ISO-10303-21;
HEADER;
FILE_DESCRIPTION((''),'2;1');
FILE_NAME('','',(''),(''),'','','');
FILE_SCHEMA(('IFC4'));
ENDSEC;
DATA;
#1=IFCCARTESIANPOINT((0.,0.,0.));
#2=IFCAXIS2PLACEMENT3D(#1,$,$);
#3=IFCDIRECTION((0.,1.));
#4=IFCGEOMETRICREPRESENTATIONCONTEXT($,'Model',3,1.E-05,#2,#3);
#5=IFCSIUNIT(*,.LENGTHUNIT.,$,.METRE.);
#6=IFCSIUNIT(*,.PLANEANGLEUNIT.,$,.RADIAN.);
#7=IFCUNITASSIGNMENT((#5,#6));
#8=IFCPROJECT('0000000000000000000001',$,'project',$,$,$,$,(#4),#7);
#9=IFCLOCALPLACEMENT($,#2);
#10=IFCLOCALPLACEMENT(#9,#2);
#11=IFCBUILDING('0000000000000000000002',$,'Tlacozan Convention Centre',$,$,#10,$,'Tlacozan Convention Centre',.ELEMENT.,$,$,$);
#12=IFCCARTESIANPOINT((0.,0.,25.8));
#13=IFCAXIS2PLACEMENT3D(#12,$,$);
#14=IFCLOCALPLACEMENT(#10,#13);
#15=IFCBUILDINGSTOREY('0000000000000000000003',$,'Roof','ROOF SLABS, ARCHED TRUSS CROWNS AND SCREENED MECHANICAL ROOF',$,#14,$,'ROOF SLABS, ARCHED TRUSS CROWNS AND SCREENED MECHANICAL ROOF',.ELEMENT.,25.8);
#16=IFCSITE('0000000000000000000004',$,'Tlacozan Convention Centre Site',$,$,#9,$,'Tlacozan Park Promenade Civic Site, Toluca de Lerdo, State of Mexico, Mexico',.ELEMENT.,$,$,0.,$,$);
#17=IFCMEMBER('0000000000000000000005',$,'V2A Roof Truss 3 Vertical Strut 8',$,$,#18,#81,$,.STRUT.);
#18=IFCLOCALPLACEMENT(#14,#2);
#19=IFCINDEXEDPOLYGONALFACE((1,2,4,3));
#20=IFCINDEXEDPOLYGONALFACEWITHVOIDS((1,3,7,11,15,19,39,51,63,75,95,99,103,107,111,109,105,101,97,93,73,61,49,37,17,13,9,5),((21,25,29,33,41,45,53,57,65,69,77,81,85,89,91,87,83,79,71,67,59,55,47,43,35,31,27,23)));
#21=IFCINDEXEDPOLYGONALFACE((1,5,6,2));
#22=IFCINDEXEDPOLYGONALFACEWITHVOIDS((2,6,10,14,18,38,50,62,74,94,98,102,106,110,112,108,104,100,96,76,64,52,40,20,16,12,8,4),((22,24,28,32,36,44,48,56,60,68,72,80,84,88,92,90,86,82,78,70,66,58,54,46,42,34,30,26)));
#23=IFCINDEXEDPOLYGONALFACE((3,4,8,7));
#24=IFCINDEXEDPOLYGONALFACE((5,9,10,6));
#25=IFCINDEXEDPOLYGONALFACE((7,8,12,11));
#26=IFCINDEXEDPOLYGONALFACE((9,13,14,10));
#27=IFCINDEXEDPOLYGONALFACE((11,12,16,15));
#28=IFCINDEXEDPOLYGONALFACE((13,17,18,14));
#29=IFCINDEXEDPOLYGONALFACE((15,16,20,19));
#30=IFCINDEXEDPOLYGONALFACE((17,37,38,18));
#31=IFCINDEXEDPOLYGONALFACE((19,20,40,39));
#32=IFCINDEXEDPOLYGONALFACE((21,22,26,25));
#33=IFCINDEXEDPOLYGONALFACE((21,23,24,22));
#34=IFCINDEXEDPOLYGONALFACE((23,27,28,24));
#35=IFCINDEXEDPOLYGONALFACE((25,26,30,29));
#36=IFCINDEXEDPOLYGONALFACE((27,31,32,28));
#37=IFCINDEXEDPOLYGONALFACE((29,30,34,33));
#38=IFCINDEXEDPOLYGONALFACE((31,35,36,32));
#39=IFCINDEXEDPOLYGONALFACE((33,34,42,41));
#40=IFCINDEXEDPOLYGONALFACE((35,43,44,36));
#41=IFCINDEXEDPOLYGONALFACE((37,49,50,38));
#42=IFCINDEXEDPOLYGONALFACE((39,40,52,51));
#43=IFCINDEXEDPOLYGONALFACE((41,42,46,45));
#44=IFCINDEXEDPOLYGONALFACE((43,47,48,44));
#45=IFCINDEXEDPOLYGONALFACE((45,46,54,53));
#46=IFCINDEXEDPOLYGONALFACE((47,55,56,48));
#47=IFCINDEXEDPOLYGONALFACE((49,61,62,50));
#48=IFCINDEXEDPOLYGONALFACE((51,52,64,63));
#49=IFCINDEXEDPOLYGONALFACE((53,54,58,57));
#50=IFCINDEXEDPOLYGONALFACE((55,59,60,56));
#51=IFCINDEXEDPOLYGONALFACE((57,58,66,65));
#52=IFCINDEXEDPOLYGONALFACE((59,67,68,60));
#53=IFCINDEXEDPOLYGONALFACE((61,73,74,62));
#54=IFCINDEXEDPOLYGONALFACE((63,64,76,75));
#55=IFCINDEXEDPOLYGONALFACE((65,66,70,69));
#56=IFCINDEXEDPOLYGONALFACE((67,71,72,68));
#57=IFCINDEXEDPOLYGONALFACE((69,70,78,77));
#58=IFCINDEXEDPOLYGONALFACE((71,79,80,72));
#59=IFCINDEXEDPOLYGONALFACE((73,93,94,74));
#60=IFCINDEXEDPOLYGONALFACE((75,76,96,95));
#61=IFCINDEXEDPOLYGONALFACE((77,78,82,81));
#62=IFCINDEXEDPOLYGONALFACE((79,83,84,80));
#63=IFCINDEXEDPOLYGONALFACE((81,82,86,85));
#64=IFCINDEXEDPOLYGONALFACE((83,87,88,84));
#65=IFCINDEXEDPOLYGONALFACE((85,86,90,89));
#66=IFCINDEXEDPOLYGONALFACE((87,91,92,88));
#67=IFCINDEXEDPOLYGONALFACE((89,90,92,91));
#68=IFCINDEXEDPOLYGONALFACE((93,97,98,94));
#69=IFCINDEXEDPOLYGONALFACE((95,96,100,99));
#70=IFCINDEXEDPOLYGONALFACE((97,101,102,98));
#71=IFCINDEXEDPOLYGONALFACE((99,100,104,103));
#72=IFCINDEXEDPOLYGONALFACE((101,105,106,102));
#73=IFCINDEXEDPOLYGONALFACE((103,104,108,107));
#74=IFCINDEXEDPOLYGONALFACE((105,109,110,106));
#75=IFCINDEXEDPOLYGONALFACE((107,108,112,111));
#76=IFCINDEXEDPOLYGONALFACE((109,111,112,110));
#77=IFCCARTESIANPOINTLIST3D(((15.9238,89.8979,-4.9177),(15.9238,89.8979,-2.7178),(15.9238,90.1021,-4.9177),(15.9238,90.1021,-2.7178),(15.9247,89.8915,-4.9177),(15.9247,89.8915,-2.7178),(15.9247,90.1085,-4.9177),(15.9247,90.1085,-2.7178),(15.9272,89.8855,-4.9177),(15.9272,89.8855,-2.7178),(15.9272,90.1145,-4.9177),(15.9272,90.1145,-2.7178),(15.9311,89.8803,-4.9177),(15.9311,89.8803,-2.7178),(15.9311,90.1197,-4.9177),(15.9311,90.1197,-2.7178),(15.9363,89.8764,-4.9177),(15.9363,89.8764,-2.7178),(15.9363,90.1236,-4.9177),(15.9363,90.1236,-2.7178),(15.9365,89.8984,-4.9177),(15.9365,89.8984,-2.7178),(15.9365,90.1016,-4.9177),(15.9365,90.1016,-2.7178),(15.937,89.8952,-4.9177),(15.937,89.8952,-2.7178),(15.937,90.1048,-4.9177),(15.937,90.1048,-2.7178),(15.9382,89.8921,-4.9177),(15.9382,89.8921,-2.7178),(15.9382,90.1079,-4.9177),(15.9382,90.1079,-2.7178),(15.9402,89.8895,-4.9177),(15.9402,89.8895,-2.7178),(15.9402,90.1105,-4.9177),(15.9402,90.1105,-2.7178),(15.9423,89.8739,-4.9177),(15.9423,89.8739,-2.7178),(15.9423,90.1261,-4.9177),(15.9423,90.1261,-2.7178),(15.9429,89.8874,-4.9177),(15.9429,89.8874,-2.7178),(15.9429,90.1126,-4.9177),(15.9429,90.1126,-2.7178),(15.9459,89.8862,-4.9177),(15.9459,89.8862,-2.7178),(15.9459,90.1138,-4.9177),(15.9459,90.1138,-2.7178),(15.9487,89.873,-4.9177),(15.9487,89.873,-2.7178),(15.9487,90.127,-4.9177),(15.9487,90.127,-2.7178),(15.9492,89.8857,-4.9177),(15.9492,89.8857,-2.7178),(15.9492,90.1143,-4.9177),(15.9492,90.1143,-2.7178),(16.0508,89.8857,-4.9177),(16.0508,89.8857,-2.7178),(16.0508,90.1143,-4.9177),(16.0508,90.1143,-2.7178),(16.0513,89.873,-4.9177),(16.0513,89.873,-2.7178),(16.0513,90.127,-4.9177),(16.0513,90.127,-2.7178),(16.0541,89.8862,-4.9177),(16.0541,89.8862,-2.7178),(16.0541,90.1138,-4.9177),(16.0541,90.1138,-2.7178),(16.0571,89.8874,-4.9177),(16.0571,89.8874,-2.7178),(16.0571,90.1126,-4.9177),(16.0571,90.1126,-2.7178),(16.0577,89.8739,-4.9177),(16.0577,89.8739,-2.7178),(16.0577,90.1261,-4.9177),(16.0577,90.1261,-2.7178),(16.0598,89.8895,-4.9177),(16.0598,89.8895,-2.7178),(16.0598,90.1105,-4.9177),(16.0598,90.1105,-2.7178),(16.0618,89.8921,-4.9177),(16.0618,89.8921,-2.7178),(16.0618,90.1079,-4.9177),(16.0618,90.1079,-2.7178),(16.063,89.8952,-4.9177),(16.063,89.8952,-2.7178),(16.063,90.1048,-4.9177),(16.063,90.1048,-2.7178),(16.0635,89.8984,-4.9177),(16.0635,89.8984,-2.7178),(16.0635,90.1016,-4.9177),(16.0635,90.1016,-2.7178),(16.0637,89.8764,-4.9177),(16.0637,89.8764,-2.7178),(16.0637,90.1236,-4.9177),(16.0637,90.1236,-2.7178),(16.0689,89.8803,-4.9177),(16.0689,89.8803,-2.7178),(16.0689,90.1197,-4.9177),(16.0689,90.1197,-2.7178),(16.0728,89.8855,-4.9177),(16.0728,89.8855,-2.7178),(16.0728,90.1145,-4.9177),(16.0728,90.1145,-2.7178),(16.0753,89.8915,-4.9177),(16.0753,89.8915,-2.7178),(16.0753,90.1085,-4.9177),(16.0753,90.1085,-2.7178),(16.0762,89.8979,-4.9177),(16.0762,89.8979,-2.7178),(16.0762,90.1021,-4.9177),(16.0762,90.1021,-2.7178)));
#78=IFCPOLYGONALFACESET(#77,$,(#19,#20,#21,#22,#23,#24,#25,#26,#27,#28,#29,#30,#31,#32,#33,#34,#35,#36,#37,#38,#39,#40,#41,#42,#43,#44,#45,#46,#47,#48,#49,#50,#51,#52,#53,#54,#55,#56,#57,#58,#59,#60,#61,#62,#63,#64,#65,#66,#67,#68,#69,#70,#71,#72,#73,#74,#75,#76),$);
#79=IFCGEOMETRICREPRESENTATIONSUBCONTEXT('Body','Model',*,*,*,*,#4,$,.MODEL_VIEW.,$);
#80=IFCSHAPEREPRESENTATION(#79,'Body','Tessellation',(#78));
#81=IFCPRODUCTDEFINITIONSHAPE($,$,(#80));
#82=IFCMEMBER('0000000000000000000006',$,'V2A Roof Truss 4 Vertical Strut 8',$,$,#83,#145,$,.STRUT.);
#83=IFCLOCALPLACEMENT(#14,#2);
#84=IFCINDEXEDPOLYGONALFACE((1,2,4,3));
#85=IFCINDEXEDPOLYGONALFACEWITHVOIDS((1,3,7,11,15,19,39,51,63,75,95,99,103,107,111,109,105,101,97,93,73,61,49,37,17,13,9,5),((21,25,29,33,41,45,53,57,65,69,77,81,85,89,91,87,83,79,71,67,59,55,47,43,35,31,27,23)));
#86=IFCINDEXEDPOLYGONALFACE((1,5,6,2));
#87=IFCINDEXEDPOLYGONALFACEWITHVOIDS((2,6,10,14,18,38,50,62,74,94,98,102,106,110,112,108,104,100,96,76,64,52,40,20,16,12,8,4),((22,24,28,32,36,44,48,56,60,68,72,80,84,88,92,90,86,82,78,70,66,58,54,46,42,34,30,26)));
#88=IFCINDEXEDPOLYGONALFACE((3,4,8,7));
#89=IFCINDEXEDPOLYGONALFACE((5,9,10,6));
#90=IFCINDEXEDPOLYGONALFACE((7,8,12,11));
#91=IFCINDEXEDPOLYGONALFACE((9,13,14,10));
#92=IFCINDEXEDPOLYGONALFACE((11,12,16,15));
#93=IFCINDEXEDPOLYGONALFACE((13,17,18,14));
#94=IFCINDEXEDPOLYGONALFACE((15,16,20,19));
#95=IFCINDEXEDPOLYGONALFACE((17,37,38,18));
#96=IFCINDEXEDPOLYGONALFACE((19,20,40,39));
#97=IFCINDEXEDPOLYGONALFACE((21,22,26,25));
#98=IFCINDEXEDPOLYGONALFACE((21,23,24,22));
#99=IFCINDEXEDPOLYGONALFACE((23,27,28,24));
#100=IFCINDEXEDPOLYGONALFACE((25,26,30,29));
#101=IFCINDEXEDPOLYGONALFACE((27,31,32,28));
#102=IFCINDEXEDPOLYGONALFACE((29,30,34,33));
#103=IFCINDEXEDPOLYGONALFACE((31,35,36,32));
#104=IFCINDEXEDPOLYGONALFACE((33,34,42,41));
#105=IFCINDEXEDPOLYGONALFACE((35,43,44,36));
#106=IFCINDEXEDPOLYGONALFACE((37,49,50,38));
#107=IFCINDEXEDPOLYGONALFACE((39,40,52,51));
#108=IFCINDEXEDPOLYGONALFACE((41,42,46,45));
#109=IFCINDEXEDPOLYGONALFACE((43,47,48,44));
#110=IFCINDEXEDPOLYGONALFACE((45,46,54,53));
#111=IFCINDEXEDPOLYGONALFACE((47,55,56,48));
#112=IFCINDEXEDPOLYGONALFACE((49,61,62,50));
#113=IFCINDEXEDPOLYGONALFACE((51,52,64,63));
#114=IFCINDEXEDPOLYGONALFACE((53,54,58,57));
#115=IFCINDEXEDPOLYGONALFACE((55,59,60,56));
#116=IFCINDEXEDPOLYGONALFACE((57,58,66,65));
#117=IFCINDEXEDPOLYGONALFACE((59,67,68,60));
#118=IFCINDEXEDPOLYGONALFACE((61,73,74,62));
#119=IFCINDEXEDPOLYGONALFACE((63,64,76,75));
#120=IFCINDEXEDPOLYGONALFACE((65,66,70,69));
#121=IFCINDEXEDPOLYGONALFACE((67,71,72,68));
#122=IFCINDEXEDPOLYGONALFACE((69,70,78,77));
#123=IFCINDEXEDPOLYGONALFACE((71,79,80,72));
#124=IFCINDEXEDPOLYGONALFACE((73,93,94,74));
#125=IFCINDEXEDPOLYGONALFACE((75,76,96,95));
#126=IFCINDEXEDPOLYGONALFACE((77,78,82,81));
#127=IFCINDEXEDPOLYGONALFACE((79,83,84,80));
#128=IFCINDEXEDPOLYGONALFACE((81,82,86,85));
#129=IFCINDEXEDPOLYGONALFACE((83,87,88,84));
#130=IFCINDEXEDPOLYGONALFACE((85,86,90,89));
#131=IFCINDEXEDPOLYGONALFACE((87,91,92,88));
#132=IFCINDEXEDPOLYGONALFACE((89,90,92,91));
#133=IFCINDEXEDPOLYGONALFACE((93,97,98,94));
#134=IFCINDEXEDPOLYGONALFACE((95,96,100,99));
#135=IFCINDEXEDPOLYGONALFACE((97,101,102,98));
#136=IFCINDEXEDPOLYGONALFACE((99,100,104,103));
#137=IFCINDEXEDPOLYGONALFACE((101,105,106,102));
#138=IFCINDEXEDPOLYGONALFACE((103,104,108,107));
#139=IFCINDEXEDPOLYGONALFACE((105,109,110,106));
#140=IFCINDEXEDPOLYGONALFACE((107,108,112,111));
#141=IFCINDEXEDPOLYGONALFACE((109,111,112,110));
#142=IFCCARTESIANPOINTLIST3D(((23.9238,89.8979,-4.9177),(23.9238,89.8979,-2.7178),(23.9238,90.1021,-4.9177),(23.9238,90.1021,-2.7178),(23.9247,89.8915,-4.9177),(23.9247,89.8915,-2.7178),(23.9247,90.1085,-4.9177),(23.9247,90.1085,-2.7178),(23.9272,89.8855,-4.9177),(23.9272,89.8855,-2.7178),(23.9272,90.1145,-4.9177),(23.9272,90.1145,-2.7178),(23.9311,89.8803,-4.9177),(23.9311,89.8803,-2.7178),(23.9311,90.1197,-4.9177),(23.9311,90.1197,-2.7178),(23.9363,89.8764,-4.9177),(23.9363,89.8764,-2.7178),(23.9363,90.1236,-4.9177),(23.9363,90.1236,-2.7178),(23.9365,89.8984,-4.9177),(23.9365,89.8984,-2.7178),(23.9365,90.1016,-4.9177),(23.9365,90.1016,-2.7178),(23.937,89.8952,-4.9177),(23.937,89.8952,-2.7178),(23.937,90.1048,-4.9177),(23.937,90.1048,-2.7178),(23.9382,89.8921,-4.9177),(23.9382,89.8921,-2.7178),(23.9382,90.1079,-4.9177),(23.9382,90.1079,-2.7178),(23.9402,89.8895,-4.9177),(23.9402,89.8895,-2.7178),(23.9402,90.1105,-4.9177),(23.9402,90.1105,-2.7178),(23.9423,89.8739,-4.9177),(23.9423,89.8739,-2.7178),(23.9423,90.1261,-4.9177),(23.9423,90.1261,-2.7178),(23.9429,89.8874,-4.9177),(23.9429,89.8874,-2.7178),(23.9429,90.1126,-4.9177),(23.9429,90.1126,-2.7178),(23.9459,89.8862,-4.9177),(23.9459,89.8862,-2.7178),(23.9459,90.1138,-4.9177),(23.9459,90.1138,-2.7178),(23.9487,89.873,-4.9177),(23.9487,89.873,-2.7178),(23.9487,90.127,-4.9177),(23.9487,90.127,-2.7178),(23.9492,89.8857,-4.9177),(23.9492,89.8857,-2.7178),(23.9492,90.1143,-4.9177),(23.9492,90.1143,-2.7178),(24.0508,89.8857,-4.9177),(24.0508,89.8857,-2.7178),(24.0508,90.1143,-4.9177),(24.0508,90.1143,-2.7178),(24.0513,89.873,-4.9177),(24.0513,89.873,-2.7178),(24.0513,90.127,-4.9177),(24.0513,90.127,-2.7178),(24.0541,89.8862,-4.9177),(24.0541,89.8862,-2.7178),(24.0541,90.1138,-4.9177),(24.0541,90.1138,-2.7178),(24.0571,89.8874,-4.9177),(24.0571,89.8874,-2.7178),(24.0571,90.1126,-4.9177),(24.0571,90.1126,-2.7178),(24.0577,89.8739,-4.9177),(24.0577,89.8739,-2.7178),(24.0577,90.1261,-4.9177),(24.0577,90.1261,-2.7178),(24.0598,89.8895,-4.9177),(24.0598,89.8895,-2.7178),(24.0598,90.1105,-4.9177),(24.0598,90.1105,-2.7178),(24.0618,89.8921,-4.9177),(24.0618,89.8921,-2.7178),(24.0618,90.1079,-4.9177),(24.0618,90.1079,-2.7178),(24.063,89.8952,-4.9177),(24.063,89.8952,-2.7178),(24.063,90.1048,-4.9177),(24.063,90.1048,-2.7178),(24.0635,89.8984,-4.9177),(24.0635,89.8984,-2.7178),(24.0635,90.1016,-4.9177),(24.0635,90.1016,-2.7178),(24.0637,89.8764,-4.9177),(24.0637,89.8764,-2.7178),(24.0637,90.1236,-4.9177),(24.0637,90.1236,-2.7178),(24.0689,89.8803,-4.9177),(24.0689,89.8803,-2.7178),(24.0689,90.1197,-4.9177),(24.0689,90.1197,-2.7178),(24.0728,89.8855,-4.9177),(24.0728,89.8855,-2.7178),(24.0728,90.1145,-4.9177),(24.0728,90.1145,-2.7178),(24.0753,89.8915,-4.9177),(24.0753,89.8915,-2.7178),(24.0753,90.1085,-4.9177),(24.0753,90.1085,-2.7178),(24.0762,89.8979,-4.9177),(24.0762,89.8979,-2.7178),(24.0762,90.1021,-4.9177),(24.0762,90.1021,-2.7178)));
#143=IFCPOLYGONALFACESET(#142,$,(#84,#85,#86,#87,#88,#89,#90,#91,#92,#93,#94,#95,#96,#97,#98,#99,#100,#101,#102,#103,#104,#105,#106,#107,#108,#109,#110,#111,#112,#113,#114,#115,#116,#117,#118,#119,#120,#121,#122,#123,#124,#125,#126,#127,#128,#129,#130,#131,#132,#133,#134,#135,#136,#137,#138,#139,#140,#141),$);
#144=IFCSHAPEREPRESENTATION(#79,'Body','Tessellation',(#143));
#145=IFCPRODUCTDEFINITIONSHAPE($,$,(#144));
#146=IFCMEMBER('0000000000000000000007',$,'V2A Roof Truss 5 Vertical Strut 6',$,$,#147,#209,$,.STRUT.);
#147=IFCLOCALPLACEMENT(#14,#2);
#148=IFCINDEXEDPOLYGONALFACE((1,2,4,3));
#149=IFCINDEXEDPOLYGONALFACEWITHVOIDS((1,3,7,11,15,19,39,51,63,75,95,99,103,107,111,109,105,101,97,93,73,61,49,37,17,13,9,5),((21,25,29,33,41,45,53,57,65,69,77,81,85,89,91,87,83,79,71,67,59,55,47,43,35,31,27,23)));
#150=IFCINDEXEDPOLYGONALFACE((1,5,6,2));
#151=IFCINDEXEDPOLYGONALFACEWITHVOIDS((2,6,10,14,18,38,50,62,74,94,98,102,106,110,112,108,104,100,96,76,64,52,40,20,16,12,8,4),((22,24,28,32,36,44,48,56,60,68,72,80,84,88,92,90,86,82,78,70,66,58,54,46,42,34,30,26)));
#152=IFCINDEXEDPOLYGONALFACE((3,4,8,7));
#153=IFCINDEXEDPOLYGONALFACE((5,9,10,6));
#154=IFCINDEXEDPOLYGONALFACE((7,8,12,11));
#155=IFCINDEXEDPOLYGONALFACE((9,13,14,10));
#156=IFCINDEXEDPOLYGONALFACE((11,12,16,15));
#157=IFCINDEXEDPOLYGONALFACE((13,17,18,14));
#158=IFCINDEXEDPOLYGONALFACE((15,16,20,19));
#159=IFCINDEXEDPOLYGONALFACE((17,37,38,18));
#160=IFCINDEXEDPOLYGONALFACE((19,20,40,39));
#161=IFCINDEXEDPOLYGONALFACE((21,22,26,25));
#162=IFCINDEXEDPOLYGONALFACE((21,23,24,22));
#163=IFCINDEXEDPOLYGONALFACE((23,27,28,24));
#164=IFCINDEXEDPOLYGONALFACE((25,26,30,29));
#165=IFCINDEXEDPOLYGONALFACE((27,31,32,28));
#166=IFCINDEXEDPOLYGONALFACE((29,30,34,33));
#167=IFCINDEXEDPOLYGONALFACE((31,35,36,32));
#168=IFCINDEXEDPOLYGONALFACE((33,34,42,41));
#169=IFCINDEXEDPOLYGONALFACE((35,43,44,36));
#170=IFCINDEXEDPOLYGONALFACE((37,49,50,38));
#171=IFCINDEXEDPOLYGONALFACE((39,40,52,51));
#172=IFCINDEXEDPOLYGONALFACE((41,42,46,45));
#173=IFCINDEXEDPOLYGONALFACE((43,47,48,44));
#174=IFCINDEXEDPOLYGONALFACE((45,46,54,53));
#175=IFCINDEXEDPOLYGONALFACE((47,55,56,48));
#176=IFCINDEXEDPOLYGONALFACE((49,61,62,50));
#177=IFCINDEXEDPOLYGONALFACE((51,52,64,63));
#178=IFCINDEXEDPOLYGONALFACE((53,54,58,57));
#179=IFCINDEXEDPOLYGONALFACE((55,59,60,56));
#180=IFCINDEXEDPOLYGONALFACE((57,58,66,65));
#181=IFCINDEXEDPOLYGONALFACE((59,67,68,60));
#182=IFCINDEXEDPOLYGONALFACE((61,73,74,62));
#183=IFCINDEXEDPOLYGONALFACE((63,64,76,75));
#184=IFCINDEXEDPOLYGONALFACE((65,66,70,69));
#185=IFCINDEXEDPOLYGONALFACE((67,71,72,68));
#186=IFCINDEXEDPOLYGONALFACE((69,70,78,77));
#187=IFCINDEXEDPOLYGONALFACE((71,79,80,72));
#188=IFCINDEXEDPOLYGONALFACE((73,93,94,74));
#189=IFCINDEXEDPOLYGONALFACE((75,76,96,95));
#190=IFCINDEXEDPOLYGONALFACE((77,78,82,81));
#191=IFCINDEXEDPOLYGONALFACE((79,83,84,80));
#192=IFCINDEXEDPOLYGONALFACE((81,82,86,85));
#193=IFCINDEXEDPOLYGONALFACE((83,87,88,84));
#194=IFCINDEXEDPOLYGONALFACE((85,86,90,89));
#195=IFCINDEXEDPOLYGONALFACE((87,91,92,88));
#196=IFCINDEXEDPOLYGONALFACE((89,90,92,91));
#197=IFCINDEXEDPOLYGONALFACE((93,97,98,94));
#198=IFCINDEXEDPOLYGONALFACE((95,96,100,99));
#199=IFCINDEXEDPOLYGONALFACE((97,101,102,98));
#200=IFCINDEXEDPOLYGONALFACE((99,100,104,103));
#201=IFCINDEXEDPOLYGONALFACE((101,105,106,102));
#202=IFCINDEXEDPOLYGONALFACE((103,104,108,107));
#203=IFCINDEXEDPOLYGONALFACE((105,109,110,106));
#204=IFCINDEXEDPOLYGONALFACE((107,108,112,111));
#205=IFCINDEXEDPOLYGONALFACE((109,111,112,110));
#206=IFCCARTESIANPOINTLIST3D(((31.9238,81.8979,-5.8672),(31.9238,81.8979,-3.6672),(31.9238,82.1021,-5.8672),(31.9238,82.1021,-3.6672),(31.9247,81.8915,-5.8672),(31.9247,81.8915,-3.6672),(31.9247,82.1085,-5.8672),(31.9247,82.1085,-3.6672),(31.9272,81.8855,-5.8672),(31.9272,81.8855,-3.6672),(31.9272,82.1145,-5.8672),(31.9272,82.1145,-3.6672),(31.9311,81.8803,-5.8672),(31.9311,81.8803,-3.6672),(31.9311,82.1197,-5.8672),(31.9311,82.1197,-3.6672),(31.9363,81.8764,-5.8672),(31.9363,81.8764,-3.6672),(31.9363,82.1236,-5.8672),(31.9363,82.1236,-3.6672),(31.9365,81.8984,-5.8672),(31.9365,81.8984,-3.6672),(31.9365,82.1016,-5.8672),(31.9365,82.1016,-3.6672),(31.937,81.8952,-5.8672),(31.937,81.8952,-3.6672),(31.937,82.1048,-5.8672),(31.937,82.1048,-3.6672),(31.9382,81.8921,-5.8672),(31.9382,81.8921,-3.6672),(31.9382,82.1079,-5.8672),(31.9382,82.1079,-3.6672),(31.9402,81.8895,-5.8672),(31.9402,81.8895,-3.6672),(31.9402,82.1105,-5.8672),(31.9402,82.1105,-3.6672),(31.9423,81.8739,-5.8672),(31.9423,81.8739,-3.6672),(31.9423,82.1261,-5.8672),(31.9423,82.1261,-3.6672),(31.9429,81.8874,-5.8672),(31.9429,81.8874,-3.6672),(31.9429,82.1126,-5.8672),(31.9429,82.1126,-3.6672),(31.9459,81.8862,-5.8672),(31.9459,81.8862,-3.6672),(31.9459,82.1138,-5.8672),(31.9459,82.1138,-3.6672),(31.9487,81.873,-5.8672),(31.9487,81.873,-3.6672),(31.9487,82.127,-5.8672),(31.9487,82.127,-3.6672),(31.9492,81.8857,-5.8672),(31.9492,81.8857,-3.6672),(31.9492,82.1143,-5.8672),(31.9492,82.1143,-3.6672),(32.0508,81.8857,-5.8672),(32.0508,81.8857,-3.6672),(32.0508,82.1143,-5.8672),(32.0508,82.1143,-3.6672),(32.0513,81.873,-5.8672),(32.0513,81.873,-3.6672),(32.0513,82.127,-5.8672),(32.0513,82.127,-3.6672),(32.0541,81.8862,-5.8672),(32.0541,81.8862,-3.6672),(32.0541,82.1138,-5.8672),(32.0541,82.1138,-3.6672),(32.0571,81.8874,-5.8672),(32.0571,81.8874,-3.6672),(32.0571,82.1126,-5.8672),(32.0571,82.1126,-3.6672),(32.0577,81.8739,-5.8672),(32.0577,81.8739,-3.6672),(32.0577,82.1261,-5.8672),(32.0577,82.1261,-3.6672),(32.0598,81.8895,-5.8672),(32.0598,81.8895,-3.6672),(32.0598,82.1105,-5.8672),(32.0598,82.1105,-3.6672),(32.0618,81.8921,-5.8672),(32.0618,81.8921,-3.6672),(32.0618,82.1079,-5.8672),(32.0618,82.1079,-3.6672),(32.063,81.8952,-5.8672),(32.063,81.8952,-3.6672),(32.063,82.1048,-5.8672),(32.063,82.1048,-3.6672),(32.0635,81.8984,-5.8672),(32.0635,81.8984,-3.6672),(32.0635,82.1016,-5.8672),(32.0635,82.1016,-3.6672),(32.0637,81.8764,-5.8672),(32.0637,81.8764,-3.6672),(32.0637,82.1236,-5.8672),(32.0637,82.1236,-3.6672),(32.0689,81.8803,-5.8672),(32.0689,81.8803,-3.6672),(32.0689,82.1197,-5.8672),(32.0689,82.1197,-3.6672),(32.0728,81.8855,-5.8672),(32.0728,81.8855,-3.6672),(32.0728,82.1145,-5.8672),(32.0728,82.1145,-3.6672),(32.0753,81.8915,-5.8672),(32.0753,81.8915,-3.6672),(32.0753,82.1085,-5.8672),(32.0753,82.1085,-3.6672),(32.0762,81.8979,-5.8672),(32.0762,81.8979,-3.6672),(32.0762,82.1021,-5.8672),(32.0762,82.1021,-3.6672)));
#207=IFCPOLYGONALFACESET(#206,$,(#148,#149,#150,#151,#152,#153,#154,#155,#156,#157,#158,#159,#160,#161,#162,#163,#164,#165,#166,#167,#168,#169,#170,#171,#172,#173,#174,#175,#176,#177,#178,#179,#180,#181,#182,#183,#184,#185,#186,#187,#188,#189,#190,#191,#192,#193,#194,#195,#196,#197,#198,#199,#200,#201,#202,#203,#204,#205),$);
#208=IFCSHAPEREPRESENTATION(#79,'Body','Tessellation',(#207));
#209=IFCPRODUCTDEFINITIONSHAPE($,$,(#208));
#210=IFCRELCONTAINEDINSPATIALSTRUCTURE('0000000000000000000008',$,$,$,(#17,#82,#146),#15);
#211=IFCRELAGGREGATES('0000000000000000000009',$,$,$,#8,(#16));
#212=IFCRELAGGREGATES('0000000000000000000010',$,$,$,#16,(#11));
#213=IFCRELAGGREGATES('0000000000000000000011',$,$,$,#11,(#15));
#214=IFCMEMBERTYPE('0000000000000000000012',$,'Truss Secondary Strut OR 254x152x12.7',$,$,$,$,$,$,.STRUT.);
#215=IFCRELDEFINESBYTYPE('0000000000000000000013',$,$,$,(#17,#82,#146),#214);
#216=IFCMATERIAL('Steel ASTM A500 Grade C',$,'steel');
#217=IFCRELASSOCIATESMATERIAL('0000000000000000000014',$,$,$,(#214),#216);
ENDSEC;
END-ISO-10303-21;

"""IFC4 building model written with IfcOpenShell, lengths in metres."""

from ifc_helpers import new_model, si_unit, direction, frame, origin, origin_2d, place, context, subcontext, project, spatial, hollow_rectangle, extrude, material, material_profile, profile_set, type_object, element, save


model = new_model("IFC4")

# Units and contexts
model_context = context("Model", 3, precision=1e-05, world=origin(), true_north=direction((0.0, 1.0)))
body_context = subcontext(model_context, "Body", "Model", "MODEL_VIEW")
ifc_project = project(units=[si_unit("LENGTHUNIT", "METRE"), si_unit("PLANEANGLEUNIT", "RADIAN")], contexts=[model_context])

# Site, building, storey
site_placement = place(None, origin())
site = spatial("IfcSite", under=ifc_project, at=site_placement, Name="Tlacozan Convention Centre Site", LongName="Tlacozan Park Promenade Civic Site, Toluca de Lerdo, State of Mexico, Mexico", CompositionType="ELEMENT", RefElevation=0.0)
building_placement = place(site_placement, origin())
building = spatial("IfcBuilding", under=site, at=building_placement, Name="Tlacozan Convention Centre", LongName="Tlacozan Convention Centre", CompositionType="ELEMENT")
storey_placement = place(building_placement, frame((0.0, 0.0, 25.8)))
storey = spatial("IfcBuildingStorey", under=building, at=storey_placement, Name="Roof", Description="ROOF SLABS, ARCHED TRUSS CROWNS AND SCREENED MECHANICAL ROOF", LongName="ROOF SLABS, ARCHED TRUSS CROWNS AND SCREENED MECHANICAL ROOF", CompositionType="ELEMENT", Elevation=25.8)

# Members
ifc_material_1 = material(Name="Steel ASTM A500 Grade C", Category="steel")
ifc_material_profile_1 = material_profile(ifc_material_1, hollow_rectangle(XDim=0.1523, YDim=0.2539, WallThickness=0.0127, InnerFilletRadius=0.0127, OuterFilletRadius=0.0249, at=origin_2d()), Name="OR 254x152x12.7")
ifc_profile_set_1 = profile_set([ifc_material_profile_1], Name="Steel ASTM A500 Grade C")
member_type_1 = type_object("IfcMemberType", Name="Truss Secondary Strut OR 254x152x12.7", PredefinedType="STRUT", material=ifc_profile_set_1)
for number, where, z_axis, x_axis, name in (
    (1, (16.0, 90.0, -4.9177), (0.0, 0.0, 1.0), (1.0, 0.0, 0.0), "V2A Roof Truss 3 Vertical Strut 8"),
    (2, (24.0, 90.0, -4.9177), (0.0, 0.0, 1.0), (1.0, 0.0, 0.0), "V2A Roof Truss 4 Vertical Strut 8"),
    (3, (32.0, 82.0, -5.8672), (0.0, 0.0, 1.0), (1.0, 0.0, 0.0), "V2A Roof Truss 5 Vertical Strut 6"),
):
    element("IfcMember", number, at=place(storey_placement, frame(where, z_axis=z_axis, x_axis=x_axis)), inside=storey, type_object=member_type_1, Name=name, PredefinedType="STRUT", context=body_context, shape_type="SweptSolid", body=[
        extrude(hollow_rectangle(XDim=0.1523, YDim=0.2539, WallThickness=0.0127, InnerFilletRadius=0.0127, OuterFilletRadius=0.0249, at=origin_2d()), origin(), (0.0, 0.0, 1.0), 2.2),
    ])

save(model, "model.ifc")
